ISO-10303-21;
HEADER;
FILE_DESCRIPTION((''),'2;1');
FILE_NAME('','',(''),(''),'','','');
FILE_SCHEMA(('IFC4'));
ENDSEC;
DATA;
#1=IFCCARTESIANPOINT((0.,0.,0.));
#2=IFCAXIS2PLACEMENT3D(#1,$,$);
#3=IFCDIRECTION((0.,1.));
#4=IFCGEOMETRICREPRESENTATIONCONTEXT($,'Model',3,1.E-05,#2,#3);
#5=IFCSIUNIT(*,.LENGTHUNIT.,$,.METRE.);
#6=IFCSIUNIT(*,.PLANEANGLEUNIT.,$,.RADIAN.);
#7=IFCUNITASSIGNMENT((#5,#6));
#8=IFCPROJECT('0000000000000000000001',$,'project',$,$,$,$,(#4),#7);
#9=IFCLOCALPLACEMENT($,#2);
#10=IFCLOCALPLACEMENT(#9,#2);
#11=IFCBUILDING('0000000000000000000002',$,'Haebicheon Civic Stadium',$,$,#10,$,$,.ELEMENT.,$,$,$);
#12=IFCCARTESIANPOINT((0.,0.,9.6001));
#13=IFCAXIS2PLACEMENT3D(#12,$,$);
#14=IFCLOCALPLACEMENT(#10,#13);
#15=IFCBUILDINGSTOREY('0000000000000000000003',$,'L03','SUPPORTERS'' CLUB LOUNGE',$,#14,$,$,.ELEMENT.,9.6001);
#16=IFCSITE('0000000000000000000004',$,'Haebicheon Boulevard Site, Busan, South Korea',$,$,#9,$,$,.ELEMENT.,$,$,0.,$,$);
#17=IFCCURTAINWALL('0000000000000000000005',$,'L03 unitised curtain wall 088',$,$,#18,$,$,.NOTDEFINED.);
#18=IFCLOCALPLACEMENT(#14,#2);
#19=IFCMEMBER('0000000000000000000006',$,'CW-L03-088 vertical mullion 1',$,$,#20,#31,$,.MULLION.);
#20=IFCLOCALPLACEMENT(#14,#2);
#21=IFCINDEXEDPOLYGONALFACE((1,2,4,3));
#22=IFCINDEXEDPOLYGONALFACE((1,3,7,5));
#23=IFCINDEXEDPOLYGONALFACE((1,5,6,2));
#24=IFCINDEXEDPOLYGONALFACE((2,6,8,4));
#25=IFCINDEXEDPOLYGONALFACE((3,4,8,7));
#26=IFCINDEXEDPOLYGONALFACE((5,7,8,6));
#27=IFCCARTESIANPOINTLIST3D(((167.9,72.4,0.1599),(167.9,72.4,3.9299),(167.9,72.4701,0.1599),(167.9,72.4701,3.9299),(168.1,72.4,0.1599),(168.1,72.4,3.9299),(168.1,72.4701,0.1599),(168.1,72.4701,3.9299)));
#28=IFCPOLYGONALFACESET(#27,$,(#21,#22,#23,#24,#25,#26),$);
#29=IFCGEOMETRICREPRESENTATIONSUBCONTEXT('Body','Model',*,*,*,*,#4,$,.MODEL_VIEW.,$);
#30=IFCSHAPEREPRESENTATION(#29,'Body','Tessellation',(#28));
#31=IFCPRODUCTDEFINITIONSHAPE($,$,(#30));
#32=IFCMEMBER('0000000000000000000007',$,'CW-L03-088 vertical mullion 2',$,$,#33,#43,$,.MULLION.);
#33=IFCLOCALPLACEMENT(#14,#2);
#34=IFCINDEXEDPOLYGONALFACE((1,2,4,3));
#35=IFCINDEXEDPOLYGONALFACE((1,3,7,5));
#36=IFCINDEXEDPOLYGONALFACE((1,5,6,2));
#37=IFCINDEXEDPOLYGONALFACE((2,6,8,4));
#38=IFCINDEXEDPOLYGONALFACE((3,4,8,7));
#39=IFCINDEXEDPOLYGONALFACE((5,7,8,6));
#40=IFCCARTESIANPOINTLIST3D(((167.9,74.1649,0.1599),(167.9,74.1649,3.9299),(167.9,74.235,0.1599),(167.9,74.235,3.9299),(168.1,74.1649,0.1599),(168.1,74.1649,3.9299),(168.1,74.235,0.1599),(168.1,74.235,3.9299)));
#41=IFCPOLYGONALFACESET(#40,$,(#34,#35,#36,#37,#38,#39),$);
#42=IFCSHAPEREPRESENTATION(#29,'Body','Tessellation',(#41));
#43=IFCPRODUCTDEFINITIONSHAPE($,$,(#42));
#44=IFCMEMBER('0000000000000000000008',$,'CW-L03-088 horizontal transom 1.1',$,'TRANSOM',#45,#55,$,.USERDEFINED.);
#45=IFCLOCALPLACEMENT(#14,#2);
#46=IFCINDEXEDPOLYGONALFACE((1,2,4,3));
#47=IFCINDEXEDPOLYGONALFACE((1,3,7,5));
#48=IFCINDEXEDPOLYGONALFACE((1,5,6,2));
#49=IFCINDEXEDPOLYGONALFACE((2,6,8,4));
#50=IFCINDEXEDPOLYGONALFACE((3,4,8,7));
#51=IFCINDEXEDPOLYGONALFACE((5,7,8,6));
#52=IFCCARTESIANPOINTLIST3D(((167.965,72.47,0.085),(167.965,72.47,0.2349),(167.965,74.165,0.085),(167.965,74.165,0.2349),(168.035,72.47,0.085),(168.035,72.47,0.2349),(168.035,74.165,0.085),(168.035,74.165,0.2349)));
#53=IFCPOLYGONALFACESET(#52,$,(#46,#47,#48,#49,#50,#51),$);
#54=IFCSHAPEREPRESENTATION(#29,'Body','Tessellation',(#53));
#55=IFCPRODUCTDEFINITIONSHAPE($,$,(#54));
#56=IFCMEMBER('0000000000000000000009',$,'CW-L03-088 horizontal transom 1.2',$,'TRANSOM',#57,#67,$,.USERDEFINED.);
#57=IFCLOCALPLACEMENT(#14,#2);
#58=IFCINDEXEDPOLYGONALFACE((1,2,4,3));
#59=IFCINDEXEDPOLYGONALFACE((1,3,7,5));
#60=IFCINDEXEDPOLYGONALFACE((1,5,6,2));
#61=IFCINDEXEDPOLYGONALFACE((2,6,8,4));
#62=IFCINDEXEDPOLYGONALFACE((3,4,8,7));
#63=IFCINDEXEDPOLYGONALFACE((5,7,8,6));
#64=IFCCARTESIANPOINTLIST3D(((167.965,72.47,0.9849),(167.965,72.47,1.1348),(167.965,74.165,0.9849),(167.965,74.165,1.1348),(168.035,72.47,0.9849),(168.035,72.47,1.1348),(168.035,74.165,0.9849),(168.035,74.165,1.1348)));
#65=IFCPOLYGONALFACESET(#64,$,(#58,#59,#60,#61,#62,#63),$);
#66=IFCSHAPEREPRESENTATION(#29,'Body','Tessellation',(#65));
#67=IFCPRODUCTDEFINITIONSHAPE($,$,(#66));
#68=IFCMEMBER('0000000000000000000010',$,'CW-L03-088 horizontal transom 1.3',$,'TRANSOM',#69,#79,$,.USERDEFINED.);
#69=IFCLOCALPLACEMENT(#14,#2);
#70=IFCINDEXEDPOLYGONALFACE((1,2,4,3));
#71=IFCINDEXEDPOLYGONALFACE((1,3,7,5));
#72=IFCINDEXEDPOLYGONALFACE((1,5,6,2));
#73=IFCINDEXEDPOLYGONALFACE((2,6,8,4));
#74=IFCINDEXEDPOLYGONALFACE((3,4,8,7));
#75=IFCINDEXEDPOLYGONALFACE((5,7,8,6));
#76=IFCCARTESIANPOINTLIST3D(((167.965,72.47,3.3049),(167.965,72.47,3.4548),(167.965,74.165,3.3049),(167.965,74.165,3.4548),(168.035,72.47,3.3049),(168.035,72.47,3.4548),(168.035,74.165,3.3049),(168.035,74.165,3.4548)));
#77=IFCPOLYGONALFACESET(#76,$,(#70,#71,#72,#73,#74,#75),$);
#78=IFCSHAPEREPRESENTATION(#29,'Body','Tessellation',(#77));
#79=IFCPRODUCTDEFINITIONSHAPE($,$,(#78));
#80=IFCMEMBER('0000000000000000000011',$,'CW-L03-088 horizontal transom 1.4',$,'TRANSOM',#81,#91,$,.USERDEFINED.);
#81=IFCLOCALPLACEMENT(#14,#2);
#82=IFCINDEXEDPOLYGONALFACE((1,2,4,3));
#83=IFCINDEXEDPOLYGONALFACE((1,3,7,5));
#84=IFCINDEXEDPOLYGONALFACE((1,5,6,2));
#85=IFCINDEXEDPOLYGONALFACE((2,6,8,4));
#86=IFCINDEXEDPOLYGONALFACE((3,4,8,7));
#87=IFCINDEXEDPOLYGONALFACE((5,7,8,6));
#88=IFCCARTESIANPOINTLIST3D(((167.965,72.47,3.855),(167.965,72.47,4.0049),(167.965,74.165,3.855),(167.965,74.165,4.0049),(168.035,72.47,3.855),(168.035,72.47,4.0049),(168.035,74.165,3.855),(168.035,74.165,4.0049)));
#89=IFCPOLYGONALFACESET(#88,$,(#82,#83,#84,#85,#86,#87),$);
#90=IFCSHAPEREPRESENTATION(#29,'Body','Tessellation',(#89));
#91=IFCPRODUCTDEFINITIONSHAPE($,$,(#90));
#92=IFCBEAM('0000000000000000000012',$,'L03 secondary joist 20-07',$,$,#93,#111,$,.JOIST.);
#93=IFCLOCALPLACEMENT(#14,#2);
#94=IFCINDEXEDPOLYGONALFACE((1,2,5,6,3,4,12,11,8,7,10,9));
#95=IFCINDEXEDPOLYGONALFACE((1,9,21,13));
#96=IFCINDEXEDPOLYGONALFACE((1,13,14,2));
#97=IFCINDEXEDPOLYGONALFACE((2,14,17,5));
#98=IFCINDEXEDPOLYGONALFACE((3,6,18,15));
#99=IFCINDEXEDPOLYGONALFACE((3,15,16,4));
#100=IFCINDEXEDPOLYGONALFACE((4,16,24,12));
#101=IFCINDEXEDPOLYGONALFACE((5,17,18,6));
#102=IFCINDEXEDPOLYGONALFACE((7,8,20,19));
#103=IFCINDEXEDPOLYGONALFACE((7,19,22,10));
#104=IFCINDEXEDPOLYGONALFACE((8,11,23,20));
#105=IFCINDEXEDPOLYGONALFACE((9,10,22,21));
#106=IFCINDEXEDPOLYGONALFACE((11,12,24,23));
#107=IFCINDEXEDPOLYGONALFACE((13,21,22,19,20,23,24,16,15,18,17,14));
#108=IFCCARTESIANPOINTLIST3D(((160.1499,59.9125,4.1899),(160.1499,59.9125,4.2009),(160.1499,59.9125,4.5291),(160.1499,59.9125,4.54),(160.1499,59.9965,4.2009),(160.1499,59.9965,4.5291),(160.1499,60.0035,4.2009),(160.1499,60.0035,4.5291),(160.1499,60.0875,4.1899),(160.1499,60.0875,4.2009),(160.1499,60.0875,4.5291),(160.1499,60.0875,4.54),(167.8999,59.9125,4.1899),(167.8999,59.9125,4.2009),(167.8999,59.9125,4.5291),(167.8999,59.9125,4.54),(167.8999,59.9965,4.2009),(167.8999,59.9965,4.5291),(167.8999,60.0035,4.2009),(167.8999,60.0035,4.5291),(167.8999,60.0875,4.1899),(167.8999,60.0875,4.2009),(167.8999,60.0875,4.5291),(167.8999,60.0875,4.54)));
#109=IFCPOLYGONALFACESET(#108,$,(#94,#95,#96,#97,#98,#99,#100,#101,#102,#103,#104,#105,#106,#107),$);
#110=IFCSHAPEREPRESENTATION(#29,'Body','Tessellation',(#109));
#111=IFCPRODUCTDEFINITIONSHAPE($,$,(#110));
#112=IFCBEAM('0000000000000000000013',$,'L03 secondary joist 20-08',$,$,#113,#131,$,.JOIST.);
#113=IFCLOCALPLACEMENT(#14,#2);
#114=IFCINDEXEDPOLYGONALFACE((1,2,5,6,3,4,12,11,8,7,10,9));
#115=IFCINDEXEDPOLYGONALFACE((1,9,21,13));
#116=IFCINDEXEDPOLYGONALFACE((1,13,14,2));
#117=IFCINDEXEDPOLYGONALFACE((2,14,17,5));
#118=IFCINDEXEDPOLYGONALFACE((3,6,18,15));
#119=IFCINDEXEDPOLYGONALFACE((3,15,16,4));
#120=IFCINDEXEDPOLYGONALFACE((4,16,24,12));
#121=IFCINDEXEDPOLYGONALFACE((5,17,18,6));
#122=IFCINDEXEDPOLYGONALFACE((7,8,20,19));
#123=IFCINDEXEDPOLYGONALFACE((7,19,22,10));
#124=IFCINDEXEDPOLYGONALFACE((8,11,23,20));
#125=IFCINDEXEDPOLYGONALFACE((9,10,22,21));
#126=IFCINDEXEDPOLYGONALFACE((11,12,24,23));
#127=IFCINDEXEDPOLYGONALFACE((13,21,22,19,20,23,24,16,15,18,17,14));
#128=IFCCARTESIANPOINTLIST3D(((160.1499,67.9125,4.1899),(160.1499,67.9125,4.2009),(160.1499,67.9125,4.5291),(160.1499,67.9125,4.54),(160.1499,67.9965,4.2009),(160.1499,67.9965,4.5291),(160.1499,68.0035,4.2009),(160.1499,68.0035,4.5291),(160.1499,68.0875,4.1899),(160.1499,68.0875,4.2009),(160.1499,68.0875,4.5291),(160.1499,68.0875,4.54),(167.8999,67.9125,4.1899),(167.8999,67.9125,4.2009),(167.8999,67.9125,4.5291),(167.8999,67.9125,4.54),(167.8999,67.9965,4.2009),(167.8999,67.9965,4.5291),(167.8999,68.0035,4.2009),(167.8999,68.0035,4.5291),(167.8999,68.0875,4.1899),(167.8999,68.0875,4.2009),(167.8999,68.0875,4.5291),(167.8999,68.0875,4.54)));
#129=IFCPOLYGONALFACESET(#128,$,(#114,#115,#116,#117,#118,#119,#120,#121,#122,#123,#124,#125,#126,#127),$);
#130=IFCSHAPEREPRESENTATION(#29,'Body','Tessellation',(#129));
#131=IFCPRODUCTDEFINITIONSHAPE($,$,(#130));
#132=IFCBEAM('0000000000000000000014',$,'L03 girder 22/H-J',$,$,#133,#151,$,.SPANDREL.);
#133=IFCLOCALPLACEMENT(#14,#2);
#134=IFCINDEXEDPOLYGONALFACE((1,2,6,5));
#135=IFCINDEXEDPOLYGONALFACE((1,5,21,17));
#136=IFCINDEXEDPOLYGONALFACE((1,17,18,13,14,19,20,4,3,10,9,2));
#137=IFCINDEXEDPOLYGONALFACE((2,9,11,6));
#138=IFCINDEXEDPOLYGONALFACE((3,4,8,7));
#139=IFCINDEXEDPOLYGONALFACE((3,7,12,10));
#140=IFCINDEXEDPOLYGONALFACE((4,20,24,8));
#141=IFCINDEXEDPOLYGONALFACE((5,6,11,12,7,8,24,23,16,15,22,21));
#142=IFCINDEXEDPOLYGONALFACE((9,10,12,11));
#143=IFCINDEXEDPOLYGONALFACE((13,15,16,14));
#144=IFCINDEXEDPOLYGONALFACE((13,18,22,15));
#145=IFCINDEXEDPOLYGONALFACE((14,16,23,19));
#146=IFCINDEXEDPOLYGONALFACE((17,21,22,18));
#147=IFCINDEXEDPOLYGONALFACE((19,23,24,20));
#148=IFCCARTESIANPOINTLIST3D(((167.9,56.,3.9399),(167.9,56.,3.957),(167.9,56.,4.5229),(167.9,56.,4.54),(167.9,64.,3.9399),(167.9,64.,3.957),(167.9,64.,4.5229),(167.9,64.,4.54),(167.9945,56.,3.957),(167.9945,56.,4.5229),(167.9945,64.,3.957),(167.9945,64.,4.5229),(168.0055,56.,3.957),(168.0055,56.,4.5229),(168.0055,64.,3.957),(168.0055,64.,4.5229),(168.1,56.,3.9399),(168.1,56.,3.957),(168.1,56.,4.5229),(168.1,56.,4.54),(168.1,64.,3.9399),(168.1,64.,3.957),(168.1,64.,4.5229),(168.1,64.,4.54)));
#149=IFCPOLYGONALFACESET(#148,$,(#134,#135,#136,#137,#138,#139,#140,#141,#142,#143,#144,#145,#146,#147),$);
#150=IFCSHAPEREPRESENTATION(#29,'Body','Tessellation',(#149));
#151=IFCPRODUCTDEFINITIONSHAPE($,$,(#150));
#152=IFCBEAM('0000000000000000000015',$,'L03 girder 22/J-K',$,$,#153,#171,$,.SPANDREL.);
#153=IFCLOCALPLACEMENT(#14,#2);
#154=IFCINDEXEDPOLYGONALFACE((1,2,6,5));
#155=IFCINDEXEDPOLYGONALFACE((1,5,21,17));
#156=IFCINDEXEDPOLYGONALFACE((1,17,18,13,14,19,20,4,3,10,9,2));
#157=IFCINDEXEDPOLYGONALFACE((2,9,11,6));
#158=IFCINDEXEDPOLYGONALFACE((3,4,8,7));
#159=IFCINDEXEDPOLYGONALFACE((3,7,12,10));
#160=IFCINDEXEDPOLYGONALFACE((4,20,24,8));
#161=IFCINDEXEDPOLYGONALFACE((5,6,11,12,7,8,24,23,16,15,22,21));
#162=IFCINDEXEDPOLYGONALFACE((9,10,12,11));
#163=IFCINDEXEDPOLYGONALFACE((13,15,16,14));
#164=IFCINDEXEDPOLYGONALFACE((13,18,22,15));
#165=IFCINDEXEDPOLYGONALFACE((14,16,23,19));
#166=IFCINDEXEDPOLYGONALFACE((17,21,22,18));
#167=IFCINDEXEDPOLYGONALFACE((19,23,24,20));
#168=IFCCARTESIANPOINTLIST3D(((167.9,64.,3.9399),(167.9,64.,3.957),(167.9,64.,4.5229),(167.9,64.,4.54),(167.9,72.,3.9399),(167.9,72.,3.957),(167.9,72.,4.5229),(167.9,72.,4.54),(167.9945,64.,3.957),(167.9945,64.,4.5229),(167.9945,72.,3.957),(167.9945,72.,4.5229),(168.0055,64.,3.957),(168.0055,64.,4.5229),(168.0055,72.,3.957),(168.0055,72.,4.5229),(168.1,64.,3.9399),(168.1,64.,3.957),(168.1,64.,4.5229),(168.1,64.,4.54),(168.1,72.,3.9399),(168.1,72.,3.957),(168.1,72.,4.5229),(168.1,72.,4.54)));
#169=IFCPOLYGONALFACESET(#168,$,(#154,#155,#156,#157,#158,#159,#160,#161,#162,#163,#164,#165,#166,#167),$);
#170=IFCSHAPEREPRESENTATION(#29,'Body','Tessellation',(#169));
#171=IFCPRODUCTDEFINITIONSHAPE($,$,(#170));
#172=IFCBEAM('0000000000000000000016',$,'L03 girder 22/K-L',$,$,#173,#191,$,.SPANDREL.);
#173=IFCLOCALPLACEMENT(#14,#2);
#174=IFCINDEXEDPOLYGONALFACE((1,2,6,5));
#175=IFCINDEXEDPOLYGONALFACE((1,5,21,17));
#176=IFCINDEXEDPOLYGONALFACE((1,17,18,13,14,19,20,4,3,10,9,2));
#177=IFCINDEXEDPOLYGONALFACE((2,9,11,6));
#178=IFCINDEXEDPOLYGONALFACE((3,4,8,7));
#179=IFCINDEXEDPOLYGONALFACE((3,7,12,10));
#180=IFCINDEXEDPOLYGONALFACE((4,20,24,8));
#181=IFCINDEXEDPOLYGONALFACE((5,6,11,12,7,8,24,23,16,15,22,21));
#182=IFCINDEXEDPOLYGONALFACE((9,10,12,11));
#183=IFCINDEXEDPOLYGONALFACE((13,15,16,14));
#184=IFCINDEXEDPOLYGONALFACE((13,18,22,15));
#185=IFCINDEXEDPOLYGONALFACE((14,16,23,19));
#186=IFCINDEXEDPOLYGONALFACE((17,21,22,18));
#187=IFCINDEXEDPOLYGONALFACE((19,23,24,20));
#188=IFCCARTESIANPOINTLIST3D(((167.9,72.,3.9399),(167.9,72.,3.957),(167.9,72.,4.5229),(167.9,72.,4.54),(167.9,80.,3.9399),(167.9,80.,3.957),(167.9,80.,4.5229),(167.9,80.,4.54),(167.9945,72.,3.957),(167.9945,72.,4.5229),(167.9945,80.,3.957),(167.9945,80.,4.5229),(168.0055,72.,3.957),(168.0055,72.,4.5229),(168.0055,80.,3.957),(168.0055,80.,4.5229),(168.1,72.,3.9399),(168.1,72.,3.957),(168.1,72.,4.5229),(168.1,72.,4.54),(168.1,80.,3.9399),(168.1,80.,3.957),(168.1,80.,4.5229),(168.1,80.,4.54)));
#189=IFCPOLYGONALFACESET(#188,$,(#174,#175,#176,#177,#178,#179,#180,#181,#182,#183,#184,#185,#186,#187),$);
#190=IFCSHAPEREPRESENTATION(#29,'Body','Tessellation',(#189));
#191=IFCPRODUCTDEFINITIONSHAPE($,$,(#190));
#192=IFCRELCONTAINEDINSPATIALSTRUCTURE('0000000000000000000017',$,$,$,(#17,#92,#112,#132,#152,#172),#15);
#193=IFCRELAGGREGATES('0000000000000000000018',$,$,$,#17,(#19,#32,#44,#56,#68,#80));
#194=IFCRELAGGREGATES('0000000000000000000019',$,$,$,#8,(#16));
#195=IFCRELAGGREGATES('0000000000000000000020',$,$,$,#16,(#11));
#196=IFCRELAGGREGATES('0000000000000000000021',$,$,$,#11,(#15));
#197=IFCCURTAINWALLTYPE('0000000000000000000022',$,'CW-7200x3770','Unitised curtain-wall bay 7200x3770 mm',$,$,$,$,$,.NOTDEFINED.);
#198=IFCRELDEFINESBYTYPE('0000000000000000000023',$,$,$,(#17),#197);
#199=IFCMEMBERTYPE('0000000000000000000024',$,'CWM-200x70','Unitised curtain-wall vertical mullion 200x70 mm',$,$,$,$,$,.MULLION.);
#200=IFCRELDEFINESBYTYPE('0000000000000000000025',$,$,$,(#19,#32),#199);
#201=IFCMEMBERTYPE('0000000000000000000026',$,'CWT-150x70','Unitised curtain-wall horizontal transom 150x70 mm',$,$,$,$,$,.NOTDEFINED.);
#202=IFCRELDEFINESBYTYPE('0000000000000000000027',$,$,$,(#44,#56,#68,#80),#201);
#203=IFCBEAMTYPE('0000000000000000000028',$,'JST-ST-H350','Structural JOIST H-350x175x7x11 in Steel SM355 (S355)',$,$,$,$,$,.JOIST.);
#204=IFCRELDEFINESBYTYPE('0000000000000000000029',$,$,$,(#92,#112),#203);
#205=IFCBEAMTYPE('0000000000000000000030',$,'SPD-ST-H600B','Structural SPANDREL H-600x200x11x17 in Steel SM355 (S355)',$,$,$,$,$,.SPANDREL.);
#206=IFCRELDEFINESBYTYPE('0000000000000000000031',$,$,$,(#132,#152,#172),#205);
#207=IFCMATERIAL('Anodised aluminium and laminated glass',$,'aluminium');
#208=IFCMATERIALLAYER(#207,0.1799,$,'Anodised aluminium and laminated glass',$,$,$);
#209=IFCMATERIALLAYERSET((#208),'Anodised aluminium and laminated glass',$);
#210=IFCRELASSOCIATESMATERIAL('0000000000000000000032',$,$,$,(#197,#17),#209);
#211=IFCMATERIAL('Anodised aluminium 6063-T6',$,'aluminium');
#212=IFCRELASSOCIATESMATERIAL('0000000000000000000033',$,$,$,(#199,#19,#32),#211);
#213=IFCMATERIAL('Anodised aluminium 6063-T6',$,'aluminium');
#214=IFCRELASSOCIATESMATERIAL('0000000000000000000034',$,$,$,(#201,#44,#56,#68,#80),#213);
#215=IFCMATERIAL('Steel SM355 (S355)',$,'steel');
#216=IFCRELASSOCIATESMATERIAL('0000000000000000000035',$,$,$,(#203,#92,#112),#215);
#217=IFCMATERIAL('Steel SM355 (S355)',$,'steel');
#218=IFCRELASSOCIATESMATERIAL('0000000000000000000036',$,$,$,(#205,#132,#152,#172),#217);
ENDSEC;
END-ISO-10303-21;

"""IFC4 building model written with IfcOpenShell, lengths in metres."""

from ifc_helpers import new_model, si_unit, direction, frame, origin, origin_2d, place, context, subcontext, project, spatial, rectangle, i_section, extrude, material, layer, layer_set, material_profile, profile_set, type_object, element, aggregate, save


model = new_model("IFC4")

# Units and contexts
model_context = context("Model", 3, precision=1e-05, world=origin(), true_north=direction((0.0, 1.0)))
body_context = subcontext(model_context, "Body", "Model", "MODEL_VIEW")
ifc_project = project(units=[si_unit("LENGTHUNIT", "METRE"), si_unit("PLANEANGLEUNIT", "RADIAN")], contexts=[model_context])

# Site, building, storey
site_placement = place(None, origin())
site = spatial("IfcSite", under=ifc_project, at=site_placement, Name="Haebicheon Boulevard Site, Busan, South Korea", CompositionType="ELEMENT", RefElevation=0.0)
building_placement = place(site_placement, origin())
building = spatial("IfcBuilding", under=site, at=building_placement, Name="Haebicheon Civic Stadium", CompositionType="ELEMENT")
storey_placement = place(building_placement, frame((0.0, 0.0, 9.6001)))
storey = spatial("IfcBuildingStorey", under=building, at=storey_placement, Name="L03", Description="SUPPORTERS' CLUB LOUNGE", CompositionType="ELEMENT", Elevation=9.6001)

# Curtain wall, members
ifc_material_1 = material(Name="Anodised aluminium and laminated glass", Category="aluminium")
ifc_layer_1 = layer(ifc_material_1, 0.1799, Name="Anodised aluminium and laminated glass")
ifc_layer_set_1 = layer_set([ifc_layer_1], Name="Anodised aluminium and laminated glass")
curtain_wall_type = type_object("IfcCurtainWallType", Name="CW-7200x3770", Description="Unitised curtain-wall bay 7200x3770 mm", PredefinedType="NOTDEFINED", material=ifc_layer_set_1)
curtain_wall_placement = place(storey_placement, origin())
curtain_wall = element("IfcCurtainWall", 1, at=curtain_wall_placement, inside=storey, type_object=curtain_wall_type, material=ifc_layer_set_1, Name="L03 unitised curtain wall 088", PredefinedType="NOTDEFINED")
ifc_material_2 = material(Name="Anodised aluminium 6063-T6", Category="aluminium")
ifc_material_profile_1 = material_profile(ifc_material_2, rectangle(XDim=0.0701, YDim=0.2, at=origin_2d()), Name="ALU-MULL-70x200")
ifc_profile_set_1 = profile_set([ifc_material_profile_1], Name="Anodised aluminium 6063-T6")
member_type_1 = type_object("IfcMemberType", Name="CWM-200x70", Description="Unitised curtain-wall vertical mullion 200x70 mm", PredefinedType="MULLION", material=ifc_profile_set_1)
member_1_placement = place(storey_placement, frame((168.0, 72.4351, 0.1599), z_axis=(0.0, 0.0, 1.0), x_axis=(0.0, 1.0, 0.0)))
member_1 = element("IfcMember", 2, at=member_1_placement, type_object=member_type_1, material=ifc_profile_set_1, Name="CW-L03-088 vertical mullion 1", PredefinedType="MULLION", context=body_context, shape_type="SweptSolid", body=[
    extrude(rectangle(XDim=0.0701, YDim=0.2, at=origin_2d()), origin(), (0.0, 0.0, 1.0), 3.77),
])
member_2_placement = place(storey_placement, frame((168.0, 74.2, 0.1599), z_axis=(0.0, 0.0, 1.0), x_axis=(0.0, 1.0, 0.0)))
member_2 = element("IfcMember", 3, at=member_2_placement, type_object=member_type_1, material=ifc_profile_set_1, Name="CW-L03-088 vertical mullion 2", PredefinedType="MULLION", context=body_context, shape_type="SweptSolid", body=[
    extrude(rectangle(XDim=0.0701, YDim=0.2, at=origin_2d()), origin(), (0.0, 0.0, 1.0), 3.77),
])
ifc_material_3 = material(Name="Anodised aluminium 6063-T6", Category="aluminium")
ifc_material_profile_2 = material_profile(ifc_material_3, rectangle(XDim=0.0701, YDim=0.1499, at=origin_2d()), Name="ALU-TRAN-70x150")
ifc_profile_set_2 = profile_set([ifc_material_profile_2], Name="Anodised aluminium 6063-T6")
member_type_2 = type_object("IfcMemberType", Name="CWT-150x70", Description="Unitised curtain-wall horizontal transom 150x70 mm", PredefinedType="NOTDEFINED", material=ifc_profile_set_2)
member_3_placement = place(storey_placement, frame((168.0, 72.47, 0.1599), z_axis=(0.0, 1.0, 0.0), x_axis=(-1.0, 0.0, 0.0)))
member_3 = element("IfcMember", 4, at=member_3_placement, type_object=member_type_2, material=ifc_profile_set_2, Name="CW-L03-088 horizontal transom 1.1", ObjectType="TRANSOM", PredefinedType="USERDEFINED", context=body_context, shape_type="SweptSolid", body=[
    extrude(rectangle(XDim=0.0701, YDim=0.1499, at=origin_2d()), origin(), (0.0, 0.0, 1.0), 1.6951),
])
member_4_placement = place(storey_placement, frame((168.0, 72.47, 1.0598), z_axis=(0.0, 1.0, 0.0), x_axis=(-1.0, 0.0, 0.0)))
member_4 = element("IfcMember", 5, at=member_4_placement, type_object=member_type_2, material=ifc_profile_set_2, Name="CW-L03-088 horizontal transom 1.2", ObjectType="TRANSOM", PredefinedType="USERDEFINED", context=body_context, shape_type="SweptSolid", body=[
    extrude(rectangle(XDim=0.0701, YDim=0.1499, at=origin_2d()), origin(), (0.0, 0.0, 1.0), 1.6951),
])
member_5_placement = place(storey_placement, frame((168.0, 72.47, 3.3799), z_axis=(0.0, 1.0, 0.0), x_axis=(-1.0, 0.0, 0.0)))
member_5 = element("IfcMember", 6, at=member_5_placement, type_object=member_type_2, material=ifc_profile_set_2, Name="CW-L03-088 horizontal transom 1.3", ObjectType="TRANSOM", PredefinedType="USERDEFINED", context=body_context, shape_type="SweptSolid", body=[
    extrude(rectangle(XDim=0.0701, YDim=0.1499, at=origin_2d()), origin(), (0.0, 0.0, 1.0), 1.6951),
])
member_6_placement = place(storey_placement, frame((168.0, 72.47, 3.9299), z_axis=(0.0, 1.0, 0.0), x_axis=(-1.0, 0.0, 0.0)))
member_6 = element("IfcMember", 7, at=member_6_placement, type_object=member_type_2, material=ifc_profile_set_2, Name="CW-L03-088 horizontal transom 1.4", ObjectType="TRANSOM", PredefinedType="USERDEFINED", context=body_context, shape_type="SweptSolid", body=[
    extrude(rectangle(XDim=0.0701, YDim=0.1499, at=origin_2d()), origin(), (0.0, 0.0, 1.0), 1.6951),
])

# Beams
ifc_material_4 = material(Name="Steel SM355 (S355)", Category="steel")
ifc_material_profile_3 = material_profile(ifc_material_4, i_section(OverallWidth=0.175, OverallDepth=0.3501, WebThickness=0.0071, FlangeThickness=0.011, at=origin_2d()), Name="H-350x175x7x11")
ifc_profile_set_3 = profile_set([ifc_material_profile_3], Name="Steel SM355 (S355)")
beam_type_1 = type_object("IfcBeamType", Name="JST-ST-H350", Description="Structural JOIST H-350x175x7x11 in Steel SM355 (S355)", PredefinedType="JOIST", material=ifc_profile_set_3)
for number, where, z_axis, x_axis, name in (
    (8, (160.1499, 60.0, 4.365), (1.0, 0.0, 0.0), (0.0, 1.0, 0.0), "L03 secondary joist 20-07"),
    (9, (160.1499, 68.0, 4.365), (1.0, 0.0, 0.0), (0.0, 1.0, 0.0), "L03 secondary joist 20-08"),
):
    element("IfcBeam", number, at=place(storey_placement, frame(where, z_axis=z_axis, x_axis=x_axis)), inside=storey, type_object=beam_type_1, material=ifc_profile_set_3, Name=name, PredefinedType="JOIST", context=body_context, shape_type="SweptSolid", body=[
        extrude(i_section(OverallWidth=0.175, OverallDepth=0.3501, WebThickness=0.0071, FlangeThickness=0.011, at=origin_2d()), origin(), (0.0, 0.0, 1.0), 7.75),
    ])
ifc_material_5 = material(Name="Steel SM355 (S355)", Category="steel")
ifc_material_profile_4 = material_profile(ifc_material_5, i_section(OverallWidth=0.2, OverallDepth=0.6001, WebThickness=0.011, FlangeThickness=0.0171, at=origin_2d()), Name="H-600x200x11x17")
ifc_profile_set_4 = profile_set([ifc_material_profile_4], Name="Steel SM355 (S355)")
beam_type_2 = type_object("IfcBeamType", Name="SPD-ST-H600B", Description="Structural SPANDREL H-600x200x11x17 in Steel SM355 (S355)", PredefinedType="SPANDREL", material=ifc_profile_set_4)
for number, where, z_axis, x_axis, name in (
    (10, (168.0, 56.0, 4.24), (0.0, 1.0, 0.0), (-1.0, 0.0, 0.0), "L03 girder 22/H-J"),
    (11, (168.0, 64.0, 4.24), (0.0, 1.0, 0.0), (-1.0, 0.0, 0.0), "L03 girder 22/J-K"),
    (12, (168.0, 72.0, 4.24), (0.0, 1.0, 0.0), (-1.0, 0.0, 0.0), "L03 girder 22/K-L"),
):
    element("IfcBeam", number, at=place(storey_placement, frame(where, z_axis=z_axis, x_axis=x_axis)), inside=storey, type_object=beam_type_2, material=ifc_profile_set_4, Name=name, PredefinedType="SPANDREL", context=body_context, shape_type="SweptSolid", body=[
        extrude(i_section(OverallWidth=0.2, OverallDepth=0.6001, WebThickness=0.011, FlangeThickness=0.0171, at=origin_2d()), origin(), (0.0, 0.0, 1.0), 8.0),
    ])

aggregate(curtain_wall, [member_1, member_2, member_3, member_4, member_5, member_6])

save(model, "model.ifc")
